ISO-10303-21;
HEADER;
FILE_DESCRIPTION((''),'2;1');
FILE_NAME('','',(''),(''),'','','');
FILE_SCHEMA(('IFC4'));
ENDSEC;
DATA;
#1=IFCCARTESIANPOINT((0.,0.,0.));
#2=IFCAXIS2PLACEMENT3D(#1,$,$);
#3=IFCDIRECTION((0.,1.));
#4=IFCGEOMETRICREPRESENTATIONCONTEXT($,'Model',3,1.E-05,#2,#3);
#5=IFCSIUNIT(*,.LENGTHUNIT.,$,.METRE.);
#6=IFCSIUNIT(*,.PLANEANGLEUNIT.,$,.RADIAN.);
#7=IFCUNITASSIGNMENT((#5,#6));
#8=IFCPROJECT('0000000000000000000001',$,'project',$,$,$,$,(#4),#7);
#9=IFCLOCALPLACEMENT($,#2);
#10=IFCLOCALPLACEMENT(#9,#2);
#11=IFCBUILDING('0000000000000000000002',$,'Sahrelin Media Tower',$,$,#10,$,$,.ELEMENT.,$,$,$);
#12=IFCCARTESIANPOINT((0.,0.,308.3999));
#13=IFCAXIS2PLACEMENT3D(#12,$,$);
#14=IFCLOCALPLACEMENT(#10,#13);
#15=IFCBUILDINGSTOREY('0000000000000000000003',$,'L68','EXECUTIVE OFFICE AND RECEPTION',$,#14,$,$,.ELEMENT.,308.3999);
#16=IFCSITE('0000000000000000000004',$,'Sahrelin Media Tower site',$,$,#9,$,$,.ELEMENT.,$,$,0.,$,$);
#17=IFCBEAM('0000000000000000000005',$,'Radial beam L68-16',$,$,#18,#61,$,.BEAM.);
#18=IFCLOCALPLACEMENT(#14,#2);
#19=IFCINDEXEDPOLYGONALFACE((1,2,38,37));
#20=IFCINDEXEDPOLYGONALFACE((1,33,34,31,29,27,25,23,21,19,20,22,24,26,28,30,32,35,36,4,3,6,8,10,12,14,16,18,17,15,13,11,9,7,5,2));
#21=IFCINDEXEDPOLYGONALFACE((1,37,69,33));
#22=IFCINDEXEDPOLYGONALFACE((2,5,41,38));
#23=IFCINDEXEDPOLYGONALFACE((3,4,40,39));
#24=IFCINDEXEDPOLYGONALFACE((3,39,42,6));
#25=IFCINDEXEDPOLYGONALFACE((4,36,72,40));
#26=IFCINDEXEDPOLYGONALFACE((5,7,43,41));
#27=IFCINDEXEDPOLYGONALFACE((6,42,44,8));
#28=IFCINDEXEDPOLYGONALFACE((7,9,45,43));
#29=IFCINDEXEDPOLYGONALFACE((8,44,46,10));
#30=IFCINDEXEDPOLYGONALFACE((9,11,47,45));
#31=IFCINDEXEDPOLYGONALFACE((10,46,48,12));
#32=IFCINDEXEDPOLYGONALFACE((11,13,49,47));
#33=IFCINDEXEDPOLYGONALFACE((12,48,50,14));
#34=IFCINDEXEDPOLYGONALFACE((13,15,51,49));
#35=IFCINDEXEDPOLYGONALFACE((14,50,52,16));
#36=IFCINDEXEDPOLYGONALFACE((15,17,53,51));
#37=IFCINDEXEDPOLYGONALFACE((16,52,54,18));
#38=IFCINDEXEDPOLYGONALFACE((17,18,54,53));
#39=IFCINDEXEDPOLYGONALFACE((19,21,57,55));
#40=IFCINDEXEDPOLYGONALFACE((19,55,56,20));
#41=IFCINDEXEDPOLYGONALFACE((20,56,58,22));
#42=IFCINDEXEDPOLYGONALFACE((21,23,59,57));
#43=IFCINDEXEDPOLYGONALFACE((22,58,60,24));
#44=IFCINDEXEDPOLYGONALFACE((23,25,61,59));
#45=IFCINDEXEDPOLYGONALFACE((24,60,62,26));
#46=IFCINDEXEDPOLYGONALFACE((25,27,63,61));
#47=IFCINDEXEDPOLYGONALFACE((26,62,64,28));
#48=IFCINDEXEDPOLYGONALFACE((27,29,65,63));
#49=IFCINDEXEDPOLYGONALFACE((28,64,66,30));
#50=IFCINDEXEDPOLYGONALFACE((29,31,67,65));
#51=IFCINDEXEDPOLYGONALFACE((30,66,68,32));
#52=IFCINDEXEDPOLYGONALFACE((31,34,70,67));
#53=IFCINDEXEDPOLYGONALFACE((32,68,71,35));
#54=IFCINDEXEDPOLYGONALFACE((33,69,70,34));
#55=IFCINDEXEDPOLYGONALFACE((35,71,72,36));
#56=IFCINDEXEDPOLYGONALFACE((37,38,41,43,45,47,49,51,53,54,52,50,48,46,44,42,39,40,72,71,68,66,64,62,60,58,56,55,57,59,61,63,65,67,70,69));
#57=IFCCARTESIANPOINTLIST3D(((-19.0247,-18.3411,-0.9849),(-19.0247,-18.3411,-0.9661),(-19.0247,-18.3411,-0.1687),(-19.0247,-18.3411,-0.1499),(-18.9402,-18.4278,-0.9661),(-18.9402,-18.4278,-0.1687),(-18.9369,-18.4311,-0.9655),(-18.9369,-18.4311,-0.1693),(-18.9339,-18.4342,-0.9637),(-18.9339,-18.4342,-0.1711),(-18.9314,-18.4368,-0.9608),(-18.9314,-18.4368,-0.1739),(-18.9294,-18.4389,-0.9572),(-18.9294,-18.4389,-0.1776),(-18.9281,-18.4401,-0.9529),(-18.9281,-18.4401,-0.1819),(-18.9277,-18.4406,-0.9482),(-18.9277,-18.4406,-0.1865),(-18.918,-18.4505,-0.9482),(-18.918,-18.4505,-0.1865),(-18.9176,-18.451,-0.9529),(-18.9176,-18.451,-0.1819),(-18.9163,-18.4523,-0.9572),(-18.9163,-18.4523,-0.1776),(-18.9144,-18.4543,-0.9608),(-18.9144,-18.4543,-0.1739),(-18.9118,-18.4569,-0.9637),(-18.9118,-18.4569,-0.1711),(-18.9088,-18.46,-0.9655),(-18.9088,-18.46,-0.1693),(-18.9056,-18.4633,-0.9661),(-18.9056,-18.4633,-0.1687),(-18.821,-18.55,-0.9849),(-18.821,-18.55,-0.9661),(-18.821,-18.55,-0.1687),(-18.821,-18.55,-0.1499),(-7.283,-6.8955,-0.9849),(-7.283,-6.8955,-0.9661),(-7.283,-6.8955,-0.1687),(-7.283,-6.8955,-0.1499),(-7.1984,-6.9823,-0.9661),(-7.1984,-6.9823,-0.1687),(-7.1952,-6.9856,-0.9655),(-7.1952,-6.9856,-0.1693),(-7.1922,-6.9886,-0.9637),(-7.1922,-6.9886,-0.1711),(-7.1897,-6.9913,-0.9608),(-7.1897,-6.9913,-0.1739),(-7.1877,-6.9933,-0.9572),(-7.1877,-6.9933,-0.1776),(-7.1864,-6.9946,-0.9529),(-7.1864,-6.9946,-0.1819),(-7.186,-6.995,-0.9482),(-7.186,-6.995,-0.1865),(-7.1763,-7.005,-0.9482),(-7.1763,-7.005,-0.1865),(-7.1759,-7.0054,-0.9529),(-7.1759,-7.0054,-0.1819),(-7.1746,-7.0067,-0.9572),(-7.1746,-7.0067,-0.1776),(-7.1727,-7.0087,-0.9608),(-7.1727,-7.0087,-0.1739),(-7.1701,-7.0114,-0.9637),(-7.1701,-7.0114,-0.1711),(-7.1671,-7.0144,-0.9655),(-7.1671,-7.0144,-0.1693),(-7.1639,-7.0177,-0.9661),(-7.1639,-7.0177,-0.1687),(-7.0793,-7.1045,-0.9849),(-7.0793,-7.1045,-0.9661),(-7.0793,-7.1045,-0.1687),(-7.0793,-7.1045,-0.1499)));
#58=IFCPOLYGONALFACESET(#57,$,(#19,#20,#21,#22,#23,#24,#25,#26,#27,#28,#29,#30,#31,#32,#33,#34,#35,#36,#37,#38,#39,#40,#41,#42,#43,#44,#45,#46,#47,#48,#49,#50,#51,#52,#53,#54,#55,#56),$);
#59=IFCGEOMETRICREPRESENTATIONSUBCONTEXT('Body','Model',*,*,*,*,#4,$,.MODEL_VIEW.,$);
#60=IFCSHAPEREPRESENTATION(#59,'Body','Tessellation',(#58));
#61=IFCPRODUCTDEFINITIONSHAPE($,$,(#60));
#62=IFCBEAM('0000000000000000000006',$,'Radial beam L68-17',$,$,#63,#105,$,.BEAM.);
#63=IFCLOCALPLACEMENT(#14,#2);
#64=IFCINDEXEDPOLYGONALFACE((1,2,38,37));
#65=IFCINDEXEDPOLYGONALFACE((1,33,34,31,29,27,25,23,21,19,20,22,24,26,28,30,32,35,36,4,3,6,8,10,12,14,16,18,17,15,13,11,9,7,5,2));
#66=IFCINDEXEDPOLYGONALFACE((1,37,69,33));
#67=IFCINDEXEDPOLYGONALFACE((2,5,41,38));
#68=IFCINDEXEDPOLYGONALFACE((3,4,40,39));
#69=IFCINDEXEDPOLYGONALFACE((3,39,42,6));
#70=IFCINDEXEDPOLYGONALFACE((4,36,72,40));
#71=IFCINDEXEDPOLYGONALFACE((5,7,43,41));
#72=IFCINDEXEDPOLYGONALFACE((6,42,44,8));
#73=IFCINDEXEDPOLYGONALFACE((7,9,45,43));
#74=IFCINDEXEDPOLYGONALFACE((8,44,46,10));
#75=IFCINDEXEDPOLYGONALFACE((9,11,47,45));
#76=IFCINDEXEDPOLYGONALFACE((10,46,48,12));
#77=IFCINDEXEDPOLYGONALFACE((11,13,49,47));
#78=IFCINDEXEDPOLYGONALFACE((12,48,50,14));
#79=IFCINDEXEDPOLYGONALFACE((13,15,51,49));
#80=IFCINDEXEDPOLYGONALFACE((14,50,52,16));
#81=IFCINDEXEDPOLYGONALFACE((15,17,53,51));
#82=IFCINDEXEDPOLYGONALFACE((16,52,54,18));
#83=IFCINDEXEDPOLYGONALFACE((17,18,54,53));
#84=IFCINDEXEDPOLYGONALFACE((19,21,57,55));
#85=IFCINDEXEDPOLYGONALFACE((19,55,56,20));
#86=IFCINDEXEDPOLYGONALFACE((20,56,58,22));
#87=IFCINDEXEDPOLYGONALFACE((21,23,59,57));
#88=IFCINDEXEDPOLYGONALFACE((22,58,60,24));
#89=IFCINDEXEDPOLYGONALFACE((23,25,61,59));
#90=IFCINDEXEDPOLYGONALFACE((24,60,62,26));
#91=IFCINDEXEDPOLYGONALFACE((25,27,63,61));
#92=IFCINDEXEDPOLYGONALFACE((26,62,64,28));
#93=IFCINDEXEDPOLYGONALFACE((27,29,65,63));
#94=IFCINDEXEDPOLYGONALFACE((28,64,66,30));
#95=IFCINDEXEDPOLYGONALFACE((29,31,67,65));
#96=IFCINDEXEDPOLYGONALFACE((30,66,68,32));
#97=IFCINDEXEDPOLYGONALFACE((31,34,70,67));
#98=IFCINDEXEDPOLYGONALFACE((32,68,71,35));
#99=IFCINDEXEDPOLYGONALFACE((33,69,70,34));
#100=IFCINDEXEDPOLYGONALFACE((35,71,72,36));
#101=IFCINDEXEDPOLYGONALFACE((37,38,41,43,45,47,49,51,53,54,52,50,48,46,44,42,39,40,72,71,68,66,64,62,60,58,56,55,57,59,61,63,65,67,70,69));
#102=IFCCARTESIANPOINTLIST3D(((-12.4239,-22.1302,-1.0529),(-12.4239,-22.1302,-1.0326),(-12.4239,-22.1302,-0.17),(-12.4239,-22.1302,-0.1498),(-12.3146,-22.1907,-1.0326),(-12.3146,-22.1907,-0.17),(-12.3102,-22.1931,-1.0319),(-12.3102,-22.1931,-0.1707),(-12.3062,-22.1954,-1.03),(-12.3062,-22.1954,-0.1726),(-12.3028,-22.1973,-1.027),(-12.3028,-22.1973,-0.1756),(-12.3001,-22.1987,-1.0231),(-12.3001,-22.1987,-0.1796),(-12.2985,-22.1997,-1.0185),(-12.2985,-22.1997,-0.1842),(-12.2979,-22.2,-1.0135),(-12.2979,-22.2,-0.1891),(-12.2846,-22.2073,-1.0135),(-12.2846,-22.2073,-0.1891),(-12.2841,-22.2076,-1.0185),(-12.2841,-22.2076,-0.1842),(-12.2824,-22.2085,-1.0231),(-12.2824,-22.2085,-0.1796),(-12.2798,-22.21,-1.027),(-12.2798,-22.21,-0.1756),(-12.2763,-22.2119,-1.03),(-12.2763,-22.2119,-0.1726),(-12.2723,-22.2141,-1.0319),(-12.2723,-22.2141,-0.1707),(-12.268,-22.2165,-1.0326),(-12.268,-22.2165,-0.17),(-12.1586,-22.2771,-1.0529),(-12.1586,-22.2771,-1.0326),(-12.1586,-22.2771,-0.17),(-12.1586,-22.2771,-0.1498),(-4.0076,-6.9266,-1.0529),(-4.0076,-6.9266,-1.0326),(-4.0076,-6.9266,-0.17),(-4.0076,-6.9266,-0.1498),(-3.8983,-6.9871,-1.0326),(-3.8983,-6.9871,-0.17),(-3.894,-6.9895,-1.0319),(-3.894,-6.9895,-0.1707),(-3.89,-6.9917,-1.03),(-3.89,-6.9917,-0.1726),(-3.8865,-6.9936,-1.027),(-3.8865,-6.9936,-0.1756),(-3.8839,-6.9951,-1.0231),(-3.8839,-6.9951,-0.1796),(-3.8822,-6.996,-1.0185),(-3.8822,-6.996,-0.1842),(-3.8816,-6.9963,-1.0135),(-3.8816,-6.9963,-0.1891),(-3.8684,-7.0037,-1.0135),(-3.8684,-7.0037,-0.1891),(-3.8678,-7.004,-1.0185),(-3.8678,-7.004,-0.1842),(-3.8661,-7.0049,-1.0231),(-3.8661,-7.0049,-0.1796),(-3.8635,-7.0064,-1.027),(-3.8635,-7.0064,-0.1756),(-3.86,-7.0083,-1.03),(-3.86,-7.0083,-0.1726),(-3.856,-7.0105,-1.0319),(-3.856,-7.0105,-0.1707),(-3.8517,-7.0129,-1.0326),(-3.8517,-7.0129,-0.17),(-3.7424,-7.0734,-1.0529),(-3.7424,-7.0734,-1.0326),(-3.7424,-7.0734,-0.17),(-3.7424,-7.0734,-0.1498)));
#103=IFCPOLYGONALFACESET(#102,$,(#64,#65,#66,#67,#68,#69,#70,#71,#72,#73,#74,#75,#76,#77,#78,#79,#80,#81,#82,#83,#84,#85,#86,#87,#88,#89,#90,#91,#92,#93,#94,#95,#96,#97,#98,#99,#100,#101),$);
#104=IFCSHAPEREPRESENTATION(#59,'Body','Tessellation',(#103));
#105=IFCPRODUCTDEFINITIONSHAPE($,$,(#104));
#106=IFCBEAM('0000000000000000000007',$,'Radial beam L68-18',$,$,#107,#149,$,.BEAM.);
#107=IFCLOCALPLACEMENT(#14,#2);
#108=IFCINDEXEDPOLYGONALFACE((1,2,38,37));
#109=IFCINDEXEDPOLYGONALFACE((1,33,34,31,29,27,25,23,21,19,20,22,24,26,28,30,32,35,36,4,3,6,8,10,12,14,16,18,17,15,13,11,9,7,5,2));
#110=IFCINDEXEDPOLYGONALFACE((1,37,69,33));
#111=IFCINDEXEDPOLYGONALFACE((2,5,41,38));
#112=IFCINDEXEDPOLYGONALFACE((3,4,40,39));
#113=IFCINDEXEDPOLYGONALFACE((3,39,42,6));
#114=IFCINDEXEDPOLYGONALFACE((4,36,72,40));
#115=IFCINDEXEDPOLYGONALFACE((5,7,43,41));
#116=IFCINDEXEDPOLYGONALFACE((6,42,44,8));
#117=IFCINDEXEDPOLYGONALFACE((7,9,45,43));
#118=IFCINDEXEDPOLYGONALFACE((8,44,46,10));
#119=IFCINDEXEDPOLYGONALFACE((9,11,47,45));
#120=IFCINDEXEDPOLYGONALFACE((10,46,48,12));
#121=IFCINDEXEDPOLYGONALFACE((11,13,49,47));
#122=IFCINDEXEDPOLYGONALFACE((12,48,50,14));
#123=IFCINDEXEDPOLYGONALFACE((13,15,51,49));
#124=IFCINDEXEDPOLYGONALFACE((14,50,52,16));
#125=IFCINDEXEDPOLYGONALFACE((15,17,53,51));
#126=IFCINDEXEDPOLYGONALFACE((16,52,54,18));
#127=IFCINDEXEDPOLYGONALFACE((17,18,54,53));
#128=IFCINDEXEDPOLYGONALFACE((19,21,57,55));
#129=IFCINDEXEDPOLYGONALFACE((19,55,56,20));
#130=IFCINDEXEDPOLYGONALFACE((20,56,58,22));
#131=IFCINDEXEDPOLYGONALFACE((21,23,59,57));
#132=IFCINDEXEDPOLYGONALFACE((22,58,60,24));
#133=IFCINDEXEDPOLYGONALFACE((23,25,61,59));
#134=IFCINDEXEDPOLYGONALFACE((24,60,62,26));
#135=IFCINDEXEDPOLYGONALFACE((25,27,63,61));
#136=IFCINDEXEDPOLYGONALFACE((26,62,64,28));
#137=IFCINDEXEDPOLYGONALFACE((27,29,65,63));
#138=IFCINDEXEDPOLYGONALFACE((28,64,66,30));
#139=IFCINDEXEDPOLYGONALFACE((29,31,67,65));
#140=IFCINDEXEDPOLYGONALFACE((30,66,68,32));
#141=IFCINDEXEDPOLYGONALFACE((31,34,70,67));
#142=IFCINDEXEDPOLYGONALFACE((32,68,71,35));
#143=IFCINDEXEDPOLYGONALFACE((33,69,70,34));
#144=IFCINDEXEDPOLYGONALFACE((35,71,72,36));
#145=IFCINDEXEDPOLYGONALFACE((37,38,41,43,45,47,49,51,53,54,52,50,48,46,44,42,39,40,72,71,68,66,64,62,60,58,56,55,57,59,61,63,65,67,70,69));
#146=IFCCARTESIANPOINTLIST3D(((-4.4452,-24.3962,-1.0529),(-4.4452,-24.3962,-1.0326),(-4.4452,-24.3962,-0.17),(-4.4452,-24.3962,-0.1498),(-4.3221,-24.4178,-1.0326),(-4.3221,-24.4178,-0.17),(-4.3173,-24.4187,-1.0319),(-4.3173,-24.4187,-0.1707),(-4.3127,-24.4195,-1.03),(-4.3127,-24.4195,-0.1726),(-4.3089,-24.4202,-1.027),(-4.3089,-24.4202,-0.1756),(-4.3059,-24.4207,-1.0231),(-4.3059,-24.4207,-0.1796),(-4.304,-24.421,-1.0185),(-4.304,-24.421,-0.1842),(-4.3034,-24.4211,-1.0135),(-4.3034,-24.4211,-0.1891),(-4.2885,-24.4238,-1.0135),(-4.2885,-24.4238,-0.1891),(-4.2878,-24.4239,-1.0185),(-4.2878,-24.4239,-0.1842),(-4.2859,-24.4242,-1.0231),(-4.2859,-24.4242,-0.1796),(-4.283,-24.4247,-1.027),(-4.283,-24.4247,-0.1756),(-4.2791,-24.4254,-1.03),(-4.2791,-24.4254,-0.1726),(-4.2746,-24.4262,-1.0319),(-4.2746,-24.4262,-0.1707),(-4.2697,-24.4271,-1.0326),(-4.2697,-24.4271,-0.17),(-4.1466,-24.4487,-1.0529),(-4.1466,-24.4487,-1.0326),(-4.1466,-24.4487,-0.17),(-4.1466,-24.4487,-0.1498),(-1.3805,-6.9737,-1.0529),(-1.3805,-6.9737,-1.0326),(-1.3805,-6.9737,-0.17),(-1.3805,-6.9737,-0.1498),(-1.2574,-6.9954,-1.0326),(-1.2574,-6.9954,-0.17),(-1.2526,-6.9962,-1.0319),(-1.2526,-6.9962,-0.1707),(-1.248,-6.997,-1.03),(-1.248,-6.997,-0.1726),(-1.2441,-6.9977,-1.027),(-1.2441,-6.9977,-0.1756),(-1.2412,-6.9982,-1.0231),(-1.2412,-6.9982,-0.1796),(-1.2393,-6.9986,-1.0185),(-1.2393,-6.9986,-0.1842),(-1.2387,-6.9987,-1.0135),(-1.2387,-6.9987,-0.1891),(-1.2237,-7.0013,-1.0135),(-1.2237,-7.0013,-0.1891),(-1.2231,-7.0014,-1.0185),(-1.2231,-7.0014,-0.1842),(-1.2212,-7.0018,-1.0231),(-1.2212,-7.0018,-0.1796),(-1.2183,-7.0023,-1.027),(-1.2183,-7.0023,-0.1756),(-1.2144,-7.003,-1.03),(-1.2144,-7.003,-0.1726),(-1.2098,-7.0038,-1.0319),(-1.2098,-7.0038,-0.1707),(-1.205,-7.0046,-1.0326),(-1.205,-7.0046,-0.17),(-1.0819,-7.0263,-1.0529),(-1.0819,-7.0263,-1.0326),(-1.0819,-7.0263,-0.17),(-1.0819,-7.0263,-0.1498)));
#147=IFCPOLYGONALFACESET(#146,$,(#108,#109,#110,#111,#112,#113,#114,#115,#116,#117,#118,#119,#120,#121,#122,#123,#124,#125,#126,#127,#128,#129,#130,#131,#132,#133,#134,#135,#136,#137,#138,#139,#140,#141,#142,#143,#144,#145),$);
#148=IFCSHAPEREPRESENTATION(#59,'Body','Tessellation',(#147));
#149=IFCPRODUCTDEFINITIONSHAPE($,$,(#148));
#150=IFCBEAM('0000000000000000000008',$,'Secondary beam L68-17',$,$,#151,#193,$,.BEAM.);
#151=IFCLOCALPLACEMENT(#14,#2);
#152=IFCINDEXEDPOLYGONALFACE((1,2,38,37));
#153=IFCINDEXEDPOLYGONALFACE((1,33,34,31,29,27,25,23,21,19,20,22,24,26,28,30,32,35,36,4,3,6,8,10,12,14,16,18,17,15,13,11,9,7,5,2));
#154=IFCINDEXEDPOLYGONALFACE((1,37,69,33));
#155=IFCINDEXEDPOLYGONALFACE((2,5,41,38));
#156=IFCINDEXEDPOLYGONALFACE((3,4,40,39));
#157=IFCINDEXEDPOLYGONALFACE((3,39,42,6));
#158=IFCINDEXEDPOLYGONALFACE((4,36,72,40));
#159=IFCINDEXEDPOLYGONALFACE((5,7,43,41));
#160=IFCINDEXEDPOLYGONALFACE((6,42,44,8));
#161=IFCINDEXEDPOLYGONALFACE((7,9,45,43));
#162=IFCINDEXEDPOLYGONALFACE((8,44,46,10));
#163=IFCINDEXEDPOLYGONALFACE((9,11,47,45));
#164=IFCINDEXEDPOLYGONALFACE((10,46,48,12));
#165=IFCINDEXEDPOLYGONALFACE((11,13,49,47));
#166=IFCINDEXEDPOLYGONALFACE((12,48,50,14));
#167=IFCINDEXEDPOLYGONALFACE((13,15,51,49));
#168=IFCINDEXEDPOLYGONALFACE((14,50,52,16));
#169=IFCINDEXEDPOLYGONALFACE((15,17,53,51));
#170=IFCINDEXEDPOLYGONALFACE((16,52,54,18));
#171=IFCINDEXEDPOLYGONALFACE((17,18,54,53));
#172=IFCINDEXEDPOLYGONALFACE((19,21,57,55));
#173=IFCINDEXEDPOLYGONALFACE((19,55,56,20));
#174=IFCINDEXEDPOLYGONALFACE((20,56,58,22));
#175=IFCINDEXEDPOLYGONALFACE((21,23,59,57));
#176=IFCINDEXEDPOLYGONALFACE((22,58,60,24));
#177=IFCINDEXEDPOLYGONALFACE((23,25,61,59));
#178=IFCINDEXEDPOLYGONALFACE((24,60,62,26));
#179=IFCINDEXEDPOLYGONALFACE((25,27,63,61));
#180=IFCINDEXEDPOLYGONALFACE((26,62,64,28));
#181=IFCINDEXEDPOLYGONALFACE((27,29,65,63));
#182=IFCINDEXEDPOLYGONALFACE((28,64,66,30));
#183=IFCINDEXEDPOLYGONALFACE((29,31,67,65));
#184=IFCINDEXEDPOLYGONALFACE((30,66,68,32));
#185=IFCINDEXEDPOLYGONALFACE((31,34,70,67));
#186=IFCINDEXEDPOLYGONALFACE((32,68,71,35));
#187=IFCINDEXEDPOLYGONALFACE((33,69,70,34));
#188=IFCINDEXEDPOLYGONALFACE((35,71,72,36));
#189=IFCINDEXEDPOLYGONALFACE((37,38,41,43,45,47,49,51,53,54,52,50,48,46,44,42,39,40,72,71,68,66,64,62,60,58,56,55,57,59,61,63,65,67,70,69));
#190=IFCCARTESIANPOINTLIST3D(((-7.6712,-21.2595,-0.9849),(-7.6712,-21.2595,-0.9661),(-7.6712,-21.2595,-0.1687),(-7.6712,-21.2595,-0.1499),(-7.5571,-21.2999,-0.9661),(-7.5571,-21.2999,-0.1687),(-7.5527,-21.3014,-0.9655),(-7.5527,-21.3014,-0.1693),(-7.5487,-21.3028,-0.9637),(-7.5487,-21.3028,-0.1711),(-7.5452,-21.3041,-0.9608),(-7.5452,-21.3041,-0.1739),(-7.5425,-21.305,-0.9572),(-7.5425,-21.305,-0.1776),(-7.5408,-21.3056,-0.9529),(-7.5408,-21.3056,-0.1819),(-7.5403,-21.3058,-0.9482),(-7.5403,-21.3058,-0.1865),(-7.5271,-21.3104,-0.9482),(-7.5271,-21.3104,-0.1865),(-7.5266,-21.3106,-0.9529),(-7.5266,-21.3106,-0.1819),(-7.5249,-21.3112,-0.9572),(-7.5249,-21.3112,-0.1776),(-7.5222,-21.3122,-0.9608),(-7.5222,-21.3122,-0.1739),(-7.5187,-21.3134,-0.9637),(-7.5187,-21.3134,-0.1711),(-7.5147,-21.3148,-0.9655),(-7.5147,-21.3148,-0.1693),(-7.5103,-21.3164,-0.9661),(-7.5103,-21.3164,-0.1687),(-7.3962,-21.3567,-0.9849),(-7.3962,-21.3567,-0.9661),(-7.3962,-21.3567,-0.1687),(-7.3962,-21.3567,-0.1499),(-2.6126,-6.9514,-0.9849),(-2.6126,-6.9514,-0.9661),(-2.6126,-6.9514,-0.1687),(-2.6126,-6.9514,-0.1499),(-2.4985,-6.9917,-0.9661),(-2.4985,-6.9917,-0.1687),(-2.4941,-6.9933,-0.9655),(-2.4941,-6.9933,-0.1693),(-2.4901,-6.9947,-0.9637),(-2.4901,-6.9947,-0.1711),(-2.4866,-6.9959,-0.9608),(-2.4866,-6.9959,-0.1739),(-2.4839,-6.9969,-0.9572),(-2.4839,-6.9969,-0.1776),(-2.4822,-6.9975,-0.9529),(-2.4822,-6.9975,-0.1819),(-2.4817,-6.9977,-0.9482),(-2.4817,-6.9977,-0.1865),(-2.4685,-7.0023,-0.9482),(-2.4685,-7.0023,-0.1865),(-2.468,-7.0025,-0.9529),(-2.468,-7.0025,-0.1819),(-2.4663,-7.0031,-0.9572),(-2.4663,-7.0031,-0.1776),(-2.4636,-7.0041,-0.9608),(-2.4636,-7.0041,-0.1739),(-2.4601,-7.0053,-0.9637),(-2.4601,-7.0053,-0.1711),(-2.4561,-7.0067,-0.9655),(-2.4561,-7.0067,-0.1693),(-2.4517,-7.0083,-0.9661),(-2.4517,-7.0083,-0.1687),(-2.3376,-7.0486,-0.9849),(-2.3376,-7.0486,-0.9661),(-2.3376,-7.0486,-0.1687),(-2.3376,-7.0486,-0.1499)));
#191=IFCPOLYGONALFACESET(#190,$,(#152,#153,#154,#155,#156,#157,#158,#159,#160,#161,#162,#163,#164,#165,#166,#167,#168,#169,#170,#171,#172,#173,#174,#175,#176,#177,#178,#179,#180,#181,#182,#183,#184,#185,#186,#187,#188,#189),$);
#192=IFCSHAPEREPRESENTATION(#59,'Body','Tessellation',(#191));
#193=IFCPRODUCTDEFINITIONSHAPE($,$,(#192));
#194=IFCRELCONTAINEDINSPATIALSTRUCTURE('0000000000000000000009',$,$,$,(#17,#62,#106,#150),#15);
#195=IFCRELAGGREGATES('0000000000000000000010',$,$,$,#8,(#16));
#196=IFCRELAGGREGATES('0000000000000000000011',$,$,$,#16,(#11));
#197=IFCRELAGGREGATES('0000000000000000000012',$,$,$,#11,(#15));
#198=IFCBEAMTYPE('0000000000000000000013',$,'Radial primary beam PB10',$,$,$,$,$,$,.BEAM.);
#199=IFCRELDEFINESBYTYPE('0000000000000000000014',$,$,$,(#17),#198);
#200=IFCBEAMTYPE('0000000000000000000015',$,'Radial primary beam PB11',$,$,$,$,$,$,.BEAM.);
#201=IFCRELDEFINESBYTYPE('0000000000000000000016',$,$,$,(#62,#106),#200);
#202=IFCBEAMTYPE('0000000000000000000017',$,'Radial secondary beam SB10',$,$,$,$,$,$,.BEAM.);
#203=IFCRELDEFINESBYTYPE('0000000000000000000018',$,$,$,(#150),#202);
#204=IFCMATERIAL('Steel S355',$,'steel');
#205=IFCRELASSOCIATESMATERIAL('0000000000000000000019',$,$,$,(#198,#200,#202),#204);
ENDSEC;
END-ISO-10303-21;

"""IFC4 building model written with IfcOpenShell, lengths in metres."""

from ifc_helpers import new_model, si_unit, direction, frame, origin, origin_2d, place, context, subcontext, project, spatial, i_section, extrude, material, material_profile, profile_set, type_object, element, save


model = new_model("IFC4")

# Units and contexts
model_context = context("Model", 3, precision=1e-05, world=origin(), true_north=direction((0.0, 1.0)))
body_context = subcontext(model_context, "Body", "Model", "MODEL_VIEW")
ifc_project = project(units=[si_unit("LENGTHUNIT", "METRE"), si_unit("PLANEANGLEUNIT", "RADIAN")], contexts=[model_context])

# Site, building, storey
site_placement = place(None, origin())
site = spatial("IfcSite", under=ifc_project, at=site_placement, Name="Sahrelin Media Tower site", CompositionType="ELEMENT", RefElevation=0.0)
building_placement = place(site_placement, origin())
building = spatial("IfcBuilding", under=site, at=building_placement, Name="Sahrelin Media Tower", CompositionType="ELEMENT")
storey_placement = place(building_placement, frame((0.0, 0.0, 308.3999)))
storey = spatial("IfcBuildingStorey", under=building, at=storey_placement, Name="L68", Description="EXECUTIVE OFFICE AND RECEPTION", CompositionType="ELEMENT", Elevation=308.3999)

# Beams
ifc_material_1 = material(Name="Steel S355", Category="steel")
ifc_material_profile_1 = material_profile(ifc_material_1, i_section(OverallWidth=0.2917, OverallDepth=0.835, WebThickness=0.0139, FlangeThickness=0.0188, FilletRadius=0.0178, at=origin_2d()), Name="UB 838x292x176")
ifc_profile_set_1 = profile_set([ifc_material_profile_1], Name="Steel S355")
beam_type_1 = type_object("IfcBeamType", Name="Radial primary beam PB10", PredefinedType="BEAM", material=ifc_profile_set_1)
beam_1_placement = place(storey_placement, frame((-7.1812, -7.0, -0.5674), z_axis=(-0.716079, -0.698019, 0.0), x_axis=(0.698019, -0.716079, 0.0)))
element("IfcBeam", 1, at=beam_1_placement, inside=storey, type_object=beam_type_1, Name="Radial beam L68-16", PredefinedType="BEAM", context=body_context, shape_type="SweptSolid", body=[
    extrude(i_section(OverallWidth=0.2917, OverallDepth=0.835, WebThickness=0.0139, FlangeThickness=0.0188, FilletRadius=0.0178, at=origin_2d()), origin(), (0.0, 0.0, 1.0), 16.3972),
])
ifc_material_profile_2 = material_profile(ifc_material_1, i_section(OverallWidth=0.3032, OverallDepth=0.9031, WebThickness=0.0151, FlangeThickness=0.0203, FilletRadius=0.019, at=origin_2d()), Name="UB 914x305x201")
ifc_profile_set_2 = profile_set([ifc_material_profile_2], Name="Steel S355")
beam_type_2 = type_object("IfcBeamType", Name="Radial primary beam PB11", PredefinedType="BEAM", material=ifc_profile_set_2)
beam_2_placement = place(storey_placement, frame((-3.875, -7.0, -0.6013), z_axis=(-0.484315, -0.874894, 0.0), x_axis=(0.874894, -0.484315, 0.0)))
element("IfcBeam", 2, at=beam_2_placement, inside=storey, type_object=beam_type_2, Name="Radial beam L68-17", PredefinedType="BEAM", context=body_context, shape_type="SweptSolid", body=[
    extrude(i_section(OverallWidth=0.3032, OverallDepth=0.9031, WebThickness=0.0151, FlangeThickness=0.0203, FilletRadius=0.019, at=origin_2d()), origin(), (0.0, 0.0, 1.0), 17.3777),
])
beam_3_placement = place(storey_placement, frame((-1.2312, -7.0, -0.6013), z_axis=(-0.173246, -0.984879, 0.0), x_axis=(0.984879, -0.173246, 0.0)))
element("IfcBeam", 3, at=beam_3_placement, inside=storey, type_object=beam_type_2, Name="Radial beam L68-18", PredefinedType="BEAM", context=body_context, shape_type="SweptSolid", body=[
    extrude(i_section(OverallWidth=0.3032, OverallDepth=0.9031, WebThickness=0.0151, FlangeThickness=0.0203, FilletRadius=0.019, at=origin_2d()), origin(), (0.0, 0.0, 1.0), 17.6899),
])
ifc_material_profile_3 = material_profile(ifc_material_1, i_section(OverallWidth=0.2917, OverallDepth=0.835, WebThickness=0.0139, FlangeThickness=0.0188, FilletRadius=0.0178, at=origin_2d()), Name="UB 838x292x176")
ifc_profile_set_3 = profile_set([ifc_material_profile_3], Name="Steel S355")
beam_type_3 = type_object("IfcBeamType", Name="Radial secondary beam SB10", PredefinedType="BEAM", material=ifc_profile_set_3)
beam_4_placement = place(storey_placement, frame((-2.4751, -7.0, -0.5674), z_axis=(-0.333328, -0.942811, 0.0), x_axis=(0.942811, -0.333328, 0.0)))
element("IfcBeam", 4, at=beam_4_placement, inside=storey, type_object=beam_type_3, Name="Secondary beam L68-17", PredefinedType="BEAM", context=body_context, shape_type="SweptSolid", body=[
    extrude(i_section(OverallWidth=0.2917, OverallDepth=0.835, WebThickness=0.0139, FlangeThickness=0.0188, FilletRadius=0.0178, at=origin_2d()), origin(), (0.0, 0.0, 1.0), 15.176),
])

save(model, "model.ifc")
